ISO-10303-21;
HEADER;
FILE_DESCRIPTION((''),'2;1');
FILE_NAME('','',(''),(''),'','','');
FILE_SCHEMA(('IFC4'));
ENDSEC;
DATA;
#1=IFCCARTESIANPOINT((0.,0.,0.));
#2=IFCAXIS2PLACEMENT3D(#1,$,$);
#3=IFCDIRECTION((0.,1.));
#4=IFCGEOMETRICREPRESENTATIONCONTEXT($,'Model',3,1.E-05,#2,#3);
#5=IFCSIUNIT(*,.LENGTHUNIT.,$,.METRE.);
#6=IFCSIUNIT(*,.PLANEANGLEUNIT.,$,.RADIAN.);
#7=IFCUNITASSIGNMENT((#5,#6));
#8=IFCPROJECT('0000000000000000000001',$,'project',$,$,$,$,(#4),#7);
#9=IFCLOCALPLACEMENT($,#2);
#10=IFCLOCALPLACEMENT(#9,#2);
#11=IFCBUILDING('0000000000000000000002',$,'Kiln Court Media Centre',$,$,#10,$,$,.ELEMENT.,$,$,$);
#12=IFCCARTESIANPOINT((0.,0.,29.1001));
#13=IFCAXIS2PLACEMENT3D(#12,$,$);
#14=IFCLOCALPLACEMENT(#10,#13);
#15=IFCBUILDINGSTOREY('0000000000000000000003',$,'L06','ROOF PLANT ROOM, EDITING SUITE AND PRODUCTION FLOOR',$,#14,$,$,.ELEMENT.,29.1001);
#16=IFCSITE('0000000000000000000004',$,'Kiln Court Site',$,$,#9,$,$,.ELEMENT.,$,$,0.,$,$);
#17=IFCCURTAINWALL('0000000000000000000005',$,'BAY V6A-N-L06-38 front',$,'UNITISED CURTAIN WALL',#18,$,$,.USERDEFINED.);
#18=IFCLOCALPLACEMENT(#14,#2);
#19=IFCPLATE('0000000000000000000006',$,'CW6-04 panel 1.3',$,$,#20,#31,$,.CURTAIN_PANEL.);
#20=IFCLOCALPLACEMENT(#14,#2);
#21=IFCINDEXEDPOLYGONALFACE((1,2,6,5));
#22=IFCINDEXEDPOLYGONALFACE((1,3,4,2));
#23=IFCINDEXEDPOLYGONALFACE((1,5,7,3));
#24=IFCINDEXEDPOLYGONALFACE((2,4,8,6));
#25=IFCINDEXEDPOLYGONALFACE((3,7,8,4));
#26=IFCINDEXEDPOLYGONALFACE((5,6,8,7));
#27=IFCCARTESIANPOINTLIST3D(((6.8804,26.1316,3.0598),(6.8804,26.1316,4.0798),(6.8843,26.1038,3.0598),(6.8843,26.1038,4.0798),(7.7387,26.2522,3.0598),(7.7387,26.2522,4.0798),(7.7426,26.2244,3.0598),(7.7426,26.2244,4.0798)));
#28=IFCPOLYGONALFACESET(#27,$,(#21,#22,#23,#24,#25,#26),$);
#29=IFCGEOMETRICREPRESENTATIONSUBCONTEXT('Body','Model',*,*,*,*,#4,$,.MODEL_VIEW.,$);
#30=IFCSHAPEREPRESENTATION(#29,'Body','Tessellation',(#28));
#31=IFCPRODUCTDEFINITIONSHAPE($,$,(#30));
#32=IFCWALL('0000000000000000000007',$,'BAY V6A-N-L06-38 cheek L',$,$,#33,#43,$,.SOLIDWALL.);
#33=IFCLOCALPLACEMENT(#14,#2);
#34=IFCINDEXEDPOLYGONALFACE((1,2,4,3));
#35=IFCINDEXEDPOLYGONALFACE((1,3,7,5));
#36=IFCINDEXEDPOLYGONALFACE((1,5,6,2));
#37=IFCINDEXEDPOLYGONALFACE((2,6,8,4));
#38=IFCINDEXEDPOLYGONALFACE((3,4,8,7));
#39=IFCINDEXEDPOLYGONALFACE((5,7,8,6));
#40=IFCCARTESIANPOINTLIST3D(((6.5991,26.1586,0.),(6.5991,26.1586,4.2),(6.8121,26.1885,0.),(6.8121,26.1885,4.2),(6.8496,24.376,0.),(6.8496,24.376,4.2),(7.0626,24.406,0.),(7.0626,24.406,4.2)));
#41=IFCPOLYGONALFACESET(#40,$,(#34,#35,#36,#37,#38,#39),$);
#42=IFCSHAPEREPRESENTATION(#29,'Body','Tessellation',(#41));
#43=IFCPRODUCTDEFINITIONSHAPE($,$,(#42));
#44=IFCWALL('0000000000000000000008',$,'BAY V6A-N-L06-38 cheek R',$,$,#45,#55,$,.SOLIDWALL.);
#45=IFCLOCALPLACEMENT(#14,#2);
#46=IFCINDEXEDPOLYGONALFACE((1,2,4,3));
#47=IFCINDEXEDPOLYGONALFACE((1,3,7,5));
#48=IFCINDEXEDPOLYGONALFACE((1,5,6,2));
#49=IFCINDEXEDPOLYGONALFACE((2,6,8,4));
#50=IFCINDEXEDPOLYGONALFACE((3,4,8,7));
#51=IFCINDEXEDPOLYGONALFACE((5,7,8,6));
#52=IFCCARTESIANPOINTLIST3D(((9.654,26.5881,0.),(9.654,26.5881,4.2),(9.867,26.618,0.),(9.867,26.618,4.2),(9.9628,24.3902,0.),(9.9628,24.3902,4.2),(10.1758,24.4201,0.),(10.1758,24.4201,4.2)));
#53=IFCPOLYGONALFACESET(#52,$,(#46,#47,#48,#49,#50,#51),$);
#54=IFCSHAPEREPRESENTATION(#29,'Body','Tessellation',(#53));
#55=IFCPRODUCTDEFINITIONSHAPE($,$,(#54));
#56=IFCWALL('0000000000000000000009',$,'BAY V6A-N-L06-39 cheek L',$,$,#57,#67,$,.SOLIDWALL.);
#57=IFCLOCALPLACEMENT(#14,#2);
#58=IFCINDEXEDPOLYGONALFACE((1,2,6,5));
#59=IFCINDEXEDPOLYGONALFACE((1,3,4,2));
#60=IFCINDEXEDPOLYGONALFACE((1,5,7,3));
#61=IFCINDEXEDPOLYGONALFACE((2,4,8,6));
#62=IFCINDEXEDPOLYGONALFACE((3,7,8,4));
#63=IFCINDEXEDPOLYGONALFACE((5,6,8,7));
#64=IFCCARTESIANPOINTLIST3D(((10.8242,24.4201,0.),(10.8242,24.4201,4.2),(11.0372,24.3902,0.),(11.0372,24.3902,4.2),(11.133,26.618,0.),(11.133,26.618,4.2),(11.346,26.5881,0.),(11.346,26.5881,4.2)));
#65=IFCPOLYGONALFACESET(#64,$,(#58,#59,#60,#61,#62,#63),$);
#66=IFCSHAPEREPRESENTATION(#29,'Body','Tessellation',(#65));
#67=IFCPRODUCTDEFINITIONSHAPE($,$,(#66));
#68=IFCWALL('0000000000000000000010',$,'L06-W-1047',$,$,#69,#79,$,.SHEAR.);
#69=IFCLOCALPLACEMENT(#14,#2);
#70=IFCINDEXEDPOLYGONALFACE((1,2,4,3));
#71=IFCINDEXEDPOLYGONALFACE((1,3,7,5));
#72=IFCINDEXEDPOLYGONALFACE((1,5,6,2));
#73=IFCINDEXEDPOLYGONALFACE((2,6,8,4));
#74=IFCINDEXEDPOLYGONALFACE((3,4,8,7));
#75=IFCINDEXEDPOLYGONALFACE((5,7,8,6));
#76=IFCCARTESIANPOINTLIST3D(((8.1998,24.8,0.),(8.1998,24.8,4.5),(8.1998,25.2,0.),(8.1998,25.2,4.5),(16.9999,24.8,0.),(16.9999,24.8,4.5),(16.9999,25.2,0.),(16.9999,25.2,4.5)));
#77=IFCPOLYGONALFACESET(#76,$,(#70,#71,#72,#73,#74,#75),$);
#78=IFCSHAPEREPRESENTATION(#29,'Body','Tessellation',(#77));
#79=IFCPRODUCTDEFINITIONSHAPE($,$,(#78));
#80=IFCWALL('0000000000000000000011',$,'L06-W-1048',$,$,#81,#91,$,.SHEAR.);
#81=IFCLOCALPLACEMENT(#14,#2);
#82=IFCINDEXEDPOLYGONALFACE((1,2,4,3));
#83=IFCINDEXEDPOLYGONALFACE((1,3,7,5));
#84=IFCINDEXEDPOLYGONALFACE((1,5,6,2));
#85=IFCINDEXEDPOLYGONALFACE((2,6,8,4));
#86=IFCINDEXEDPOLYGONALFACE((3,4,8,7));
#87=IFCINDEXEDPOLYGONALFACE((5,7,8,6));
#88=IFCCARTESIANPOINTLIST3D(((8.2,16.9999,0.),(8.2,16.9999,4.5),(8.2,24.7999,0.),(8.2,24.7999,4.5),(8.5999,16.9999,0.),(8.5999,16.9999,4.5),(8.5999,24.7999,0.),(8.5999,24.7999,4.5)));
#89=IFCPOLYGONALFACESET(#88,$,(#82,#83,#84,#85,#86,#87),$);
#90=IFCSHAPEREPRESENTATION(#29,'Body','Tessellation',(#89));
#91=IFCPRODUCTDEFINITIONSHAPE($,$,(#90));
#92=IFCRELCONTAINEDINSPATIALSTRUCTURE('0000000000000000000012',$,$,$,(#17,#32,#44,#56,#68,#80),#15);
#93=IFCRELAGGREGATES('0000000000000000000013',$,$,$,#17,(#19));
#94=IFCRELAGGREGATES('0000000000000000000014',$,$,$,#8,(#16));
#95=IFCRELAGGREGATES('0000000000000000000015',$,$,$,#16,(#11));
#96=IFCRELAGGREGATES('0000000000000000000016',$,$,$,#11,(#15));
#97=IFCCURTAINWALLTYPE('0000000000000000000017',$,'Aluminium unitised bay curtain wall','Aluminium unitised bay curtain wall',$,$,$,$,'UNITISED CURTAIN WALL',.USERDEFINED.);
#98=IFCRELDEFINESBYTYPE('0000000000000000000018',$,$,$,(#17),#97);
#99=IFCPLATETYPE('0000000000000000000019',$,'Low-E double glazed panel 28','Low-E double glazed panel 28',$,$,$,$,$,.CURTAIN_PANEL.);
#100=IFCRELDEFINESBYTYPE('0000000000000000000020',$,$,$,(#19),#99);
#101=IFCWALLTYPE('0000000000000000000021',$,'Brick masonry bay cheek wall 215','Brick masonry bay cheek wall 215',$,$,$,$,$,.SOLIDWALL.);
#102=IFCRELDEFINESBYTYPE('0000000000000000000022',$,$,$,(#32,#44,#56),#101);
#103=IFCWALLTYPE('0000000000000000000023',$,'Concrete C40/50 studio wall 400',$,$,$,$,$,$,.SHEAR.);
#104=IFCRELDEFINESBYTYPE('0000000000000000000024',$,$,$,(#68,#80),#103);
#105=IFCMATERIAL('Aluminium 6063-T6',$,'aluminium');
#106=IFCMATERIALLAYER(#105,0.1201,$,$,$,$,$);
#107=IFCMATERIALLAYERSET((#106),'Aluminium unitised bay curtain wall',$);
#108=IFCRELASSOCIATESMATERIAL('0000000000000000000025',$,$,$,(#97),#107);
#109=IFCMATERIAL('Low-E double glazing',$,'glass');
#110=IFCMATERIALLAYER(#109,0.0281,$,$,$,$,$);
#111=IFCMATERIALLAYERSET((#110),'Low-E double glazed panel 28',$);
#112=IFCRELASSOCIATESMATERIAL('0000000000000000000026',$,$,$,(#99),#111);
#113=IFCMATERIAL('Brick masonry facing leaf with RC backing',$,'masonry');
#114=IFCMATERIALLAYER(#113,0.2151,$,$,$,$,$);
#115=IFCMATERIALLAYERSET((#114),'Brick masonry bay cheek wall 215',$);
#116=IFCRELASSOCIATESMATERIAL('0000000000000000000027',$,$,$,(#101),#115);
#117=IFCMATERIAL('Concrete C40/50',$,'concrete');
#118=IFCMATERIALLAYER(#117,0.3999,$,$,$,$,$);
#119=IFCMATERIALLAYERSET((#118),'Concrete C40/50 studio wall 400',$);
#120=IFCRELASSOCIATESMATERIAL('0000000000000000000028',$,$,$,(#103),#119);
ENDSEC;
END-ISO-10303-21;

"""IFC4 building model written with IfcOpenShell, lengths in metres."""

from ifc_helpers import new_model, si_unit, direction, frame, frame_2d, origin, origin_2d, place, context, subcontext, project, spatial, rectangle, extrude, material, layer, layer_set, type_object, element, aggregate, save


model = new_model("IFC4")

# Units and contexts
model_context = context("Model", 3, precision=1e-05, world=origin(), true_north=direction((0.0, 1.0)))
body_context = subcontext(model_context, "Body", "Model", "MODEL_VIEW")
ifc_project = project(units=[si_unit("LENGTHUNIT", "METRE"), si_unit("PLANEANGLEUNIT", "RADIAN")], contexts=[model_context])

# Site, building, storey
site_placement = place(None, origin())
site = spatial("IfcSite", under=ifc_project, at=site_placement, Name="Kiln Court Site", CompositionType="ELEMENT", RefElevation=0.0)
building_placement = place(site_placement, origin())
building = spatial("IfcBuilding", under=site, at=building_placement, Name="Kiln Court Media Centre", CompositionType="ELEMENT")
storey_placement = place(building_placement, frame((0.0, 0.0, 29.1001)))
storey = spatial("IfcBuildingStorey", under=building, at=storey_placement, Name="L06", Description="ROOF PLANT ROOM, EDITING SUITE AND PRODUCTION FLOOR", CompositionType="ELEMENT", Elevation=29.1001)

# Curtain wall
ifc_material_1 = material(Name="Aluminium 6063-T6", Category="aluminium")
ifc_layer_1 = layer(ifc_material_1, 0.1201)
ifc_layer_set_1 = layer_set([ifc_layer_1], Name="Aluminium unitised bay curtain wall")
curtain_wall_type = type_object("IfcCurtainWallType", Name="Aluminium unitised bay curtain wall", Description="Aluminium unitised bay curtain wall", ElementType="UNITISED CURTAIN WALL", PredefinedType="USERDEFINED", material=ifc_layer_set_1)
curtain_wall_1_placement = place(storey_placement, origin())
curtain_wall_1 = element("IfcCurtainWall", 1, at=curtain_wall_1_placement, inside=storey, type_object=curtain_wall_type, Name="BAY V6A-N-L06-38 front", ObjectType="UNITISED CURTAIN WALL", PredefinedType="USERDEFINED")

# Plate
ifc_material_2 = material(Name="Low-E double glazing", Category="glass")
ifc_layer_2 = layer(ifc_material_2, 0.0281)
ifc_layer_set_2 = layer_set([ifc_layer_2], Name="Low-E double glazed panel 28")
plate_type_1 = type_object("IfcPlateType", Name="Low-E double glazed panel 28", Description="Low-E double glazed panel 28", PredefinedType="CURTAIN_PANEL", material=ifc_layer_set_2)
plate_1_placement = place(storey_placement, frame((7.3115, 26.178, 3.0598), z_axis=(0.0, 0.0, 1.0), x_axis=(0.99027, 0.139162, 0.0)))
plate_1 = element("IfcPlate", 2, at=plate_1_placement, type_object=plate_type_1, Name="CW6-04 panel 1.3", PredefinedType="CURTAIN_PANEL", context=body_context, shape_type="SweptSolid", body=[
    extrude(rectangle(XDim=0.8667, YDim=0.0281, at=origin_2d()), origin(), (0.0, 0.0, 1.0), 1.02),
])
aggregate(curtain_wall_1, [plate_1])

# Walls
ifc_material_3 = material(Name="Brick masonry facing leaf with RC backing", Category="masonry")
ifc_layer_3 = layer(ifc_material_3, 0.2151)
ifc_layer_set_3 = layer_set([ifc_layer_3], Name="Brick masonry bay cheek wall 215")
wall_type_1 = type_object("IfcWallType", Name="Brick masonry bay cheek wall 215", Description="Brick masonry bay cheek wall 215", PredefinedType="SOLIDWALL", material=ifc_layer_set_3)
wall_1_placement = place(storey_placement, frame((6.9561, 24.3911, 0.0), z_axis=(0.0, 0.0, 1.0), x_axis=(-0.139161, 0.99027, 0.0)))
element("IfcWall", 3, at=wall_1_placement, inside=storey, type_object=wall_type_1, Name="BAY V6A-N-L06-38 cheek L", PredefinedType="SOLIDWALL", context=body_context, shape_type="SweptSolid", body=[
    extrude(rectangle(XDim=1.8, YDim=0.2151, at=frame_2d((0.8999, 0.0))), origin(), (0.0, 0.0, 1.0), 4.2),
])
for number, where, z_axis, x_axis, name in (
    (4, (10.0693, 24.405, 0.0), (0.0, 0.0, 1.0), (-0.139142, 0.990272, 0.0), "BAY V6A-N-L06-38 cheek R"),
    (5, (10.9307, 24.405, 0.0), (0.0, 0.0, 1.0), (0.139142, 0.990272, 0.0), "BAY V6A-N-L06-39 cheek L"),
):
    element("IfcWall", number, at=place(storey_placement, frame(where, z_axis=z_axis, x_axis=x_axis)), inside=storey, type_object=wall_type_1, Name=name, PredefinedType="SOLIDWALL", context=body_context, shape_type="SweptSolid", body=[
        extrude(rectangle(XDim=2.2195, YDim=0.2151, at=frame_2d((1.1099, 0.0))), origin(), (0.0, 0.0, 1.0), 4.2),
    ])
ifc_material_4 = material(Name="Concrete C40/50", Category="concrete")
ifc_layer_4 = layer(ifc_material_4, 0.3999)
ifc_layer_set_4 = layer_set([ifc_layer_4], Name="Concrete C40/50 studio wall 400")
wall_type_2 = type_object("IfcWallType", Name="Concrete C40/50 studio wall 400", PredefinedType="SHEAR", material=ifc_layer_set_4)
wall_2_placement = place(storey_placement, frame((8.2, 25.0, 0.0), z_axis=(0.0, 0.0, 1.0), x_axis=(1.0, 0.0, 0.0)))
element("IfcWall", 6, at=wall_2_placement, inside=storey, type_object=wall_type_2, Name="L06-W-1047", PredefinedType="SHEAR", context=body_context, shape_type="SweptSolid", body=[
    extrude(rectangle(XDim=8.8, YDim=0.3999, at=frame_2d((4.3999, 0.0))), origin(), (0.0, 0.0, 1.0), 4.5),
])
wall_3_placement = place(storey_placement, frame((8.3999, 17.0, 0.0), z_axis=(0.0, 0.0, 1.0), x_axis=(0.0, 1.0, 0.0)))
element("IfcWall", 7, at=wall_3_placement, inside=storey, type_object=wall_type_2, Name="L06-W-1048", PredefinedType="SHEAR", context=body_context, shape_type="SweptSolid", body=[
    extrude(rectangle(XDim=7.8, YDim=0.3999, at=frame_2d((3.8999, 0.0))), origin(), (0.0, 0.0, 1.0), 4.5),
])

save(model, "model.ifc")
